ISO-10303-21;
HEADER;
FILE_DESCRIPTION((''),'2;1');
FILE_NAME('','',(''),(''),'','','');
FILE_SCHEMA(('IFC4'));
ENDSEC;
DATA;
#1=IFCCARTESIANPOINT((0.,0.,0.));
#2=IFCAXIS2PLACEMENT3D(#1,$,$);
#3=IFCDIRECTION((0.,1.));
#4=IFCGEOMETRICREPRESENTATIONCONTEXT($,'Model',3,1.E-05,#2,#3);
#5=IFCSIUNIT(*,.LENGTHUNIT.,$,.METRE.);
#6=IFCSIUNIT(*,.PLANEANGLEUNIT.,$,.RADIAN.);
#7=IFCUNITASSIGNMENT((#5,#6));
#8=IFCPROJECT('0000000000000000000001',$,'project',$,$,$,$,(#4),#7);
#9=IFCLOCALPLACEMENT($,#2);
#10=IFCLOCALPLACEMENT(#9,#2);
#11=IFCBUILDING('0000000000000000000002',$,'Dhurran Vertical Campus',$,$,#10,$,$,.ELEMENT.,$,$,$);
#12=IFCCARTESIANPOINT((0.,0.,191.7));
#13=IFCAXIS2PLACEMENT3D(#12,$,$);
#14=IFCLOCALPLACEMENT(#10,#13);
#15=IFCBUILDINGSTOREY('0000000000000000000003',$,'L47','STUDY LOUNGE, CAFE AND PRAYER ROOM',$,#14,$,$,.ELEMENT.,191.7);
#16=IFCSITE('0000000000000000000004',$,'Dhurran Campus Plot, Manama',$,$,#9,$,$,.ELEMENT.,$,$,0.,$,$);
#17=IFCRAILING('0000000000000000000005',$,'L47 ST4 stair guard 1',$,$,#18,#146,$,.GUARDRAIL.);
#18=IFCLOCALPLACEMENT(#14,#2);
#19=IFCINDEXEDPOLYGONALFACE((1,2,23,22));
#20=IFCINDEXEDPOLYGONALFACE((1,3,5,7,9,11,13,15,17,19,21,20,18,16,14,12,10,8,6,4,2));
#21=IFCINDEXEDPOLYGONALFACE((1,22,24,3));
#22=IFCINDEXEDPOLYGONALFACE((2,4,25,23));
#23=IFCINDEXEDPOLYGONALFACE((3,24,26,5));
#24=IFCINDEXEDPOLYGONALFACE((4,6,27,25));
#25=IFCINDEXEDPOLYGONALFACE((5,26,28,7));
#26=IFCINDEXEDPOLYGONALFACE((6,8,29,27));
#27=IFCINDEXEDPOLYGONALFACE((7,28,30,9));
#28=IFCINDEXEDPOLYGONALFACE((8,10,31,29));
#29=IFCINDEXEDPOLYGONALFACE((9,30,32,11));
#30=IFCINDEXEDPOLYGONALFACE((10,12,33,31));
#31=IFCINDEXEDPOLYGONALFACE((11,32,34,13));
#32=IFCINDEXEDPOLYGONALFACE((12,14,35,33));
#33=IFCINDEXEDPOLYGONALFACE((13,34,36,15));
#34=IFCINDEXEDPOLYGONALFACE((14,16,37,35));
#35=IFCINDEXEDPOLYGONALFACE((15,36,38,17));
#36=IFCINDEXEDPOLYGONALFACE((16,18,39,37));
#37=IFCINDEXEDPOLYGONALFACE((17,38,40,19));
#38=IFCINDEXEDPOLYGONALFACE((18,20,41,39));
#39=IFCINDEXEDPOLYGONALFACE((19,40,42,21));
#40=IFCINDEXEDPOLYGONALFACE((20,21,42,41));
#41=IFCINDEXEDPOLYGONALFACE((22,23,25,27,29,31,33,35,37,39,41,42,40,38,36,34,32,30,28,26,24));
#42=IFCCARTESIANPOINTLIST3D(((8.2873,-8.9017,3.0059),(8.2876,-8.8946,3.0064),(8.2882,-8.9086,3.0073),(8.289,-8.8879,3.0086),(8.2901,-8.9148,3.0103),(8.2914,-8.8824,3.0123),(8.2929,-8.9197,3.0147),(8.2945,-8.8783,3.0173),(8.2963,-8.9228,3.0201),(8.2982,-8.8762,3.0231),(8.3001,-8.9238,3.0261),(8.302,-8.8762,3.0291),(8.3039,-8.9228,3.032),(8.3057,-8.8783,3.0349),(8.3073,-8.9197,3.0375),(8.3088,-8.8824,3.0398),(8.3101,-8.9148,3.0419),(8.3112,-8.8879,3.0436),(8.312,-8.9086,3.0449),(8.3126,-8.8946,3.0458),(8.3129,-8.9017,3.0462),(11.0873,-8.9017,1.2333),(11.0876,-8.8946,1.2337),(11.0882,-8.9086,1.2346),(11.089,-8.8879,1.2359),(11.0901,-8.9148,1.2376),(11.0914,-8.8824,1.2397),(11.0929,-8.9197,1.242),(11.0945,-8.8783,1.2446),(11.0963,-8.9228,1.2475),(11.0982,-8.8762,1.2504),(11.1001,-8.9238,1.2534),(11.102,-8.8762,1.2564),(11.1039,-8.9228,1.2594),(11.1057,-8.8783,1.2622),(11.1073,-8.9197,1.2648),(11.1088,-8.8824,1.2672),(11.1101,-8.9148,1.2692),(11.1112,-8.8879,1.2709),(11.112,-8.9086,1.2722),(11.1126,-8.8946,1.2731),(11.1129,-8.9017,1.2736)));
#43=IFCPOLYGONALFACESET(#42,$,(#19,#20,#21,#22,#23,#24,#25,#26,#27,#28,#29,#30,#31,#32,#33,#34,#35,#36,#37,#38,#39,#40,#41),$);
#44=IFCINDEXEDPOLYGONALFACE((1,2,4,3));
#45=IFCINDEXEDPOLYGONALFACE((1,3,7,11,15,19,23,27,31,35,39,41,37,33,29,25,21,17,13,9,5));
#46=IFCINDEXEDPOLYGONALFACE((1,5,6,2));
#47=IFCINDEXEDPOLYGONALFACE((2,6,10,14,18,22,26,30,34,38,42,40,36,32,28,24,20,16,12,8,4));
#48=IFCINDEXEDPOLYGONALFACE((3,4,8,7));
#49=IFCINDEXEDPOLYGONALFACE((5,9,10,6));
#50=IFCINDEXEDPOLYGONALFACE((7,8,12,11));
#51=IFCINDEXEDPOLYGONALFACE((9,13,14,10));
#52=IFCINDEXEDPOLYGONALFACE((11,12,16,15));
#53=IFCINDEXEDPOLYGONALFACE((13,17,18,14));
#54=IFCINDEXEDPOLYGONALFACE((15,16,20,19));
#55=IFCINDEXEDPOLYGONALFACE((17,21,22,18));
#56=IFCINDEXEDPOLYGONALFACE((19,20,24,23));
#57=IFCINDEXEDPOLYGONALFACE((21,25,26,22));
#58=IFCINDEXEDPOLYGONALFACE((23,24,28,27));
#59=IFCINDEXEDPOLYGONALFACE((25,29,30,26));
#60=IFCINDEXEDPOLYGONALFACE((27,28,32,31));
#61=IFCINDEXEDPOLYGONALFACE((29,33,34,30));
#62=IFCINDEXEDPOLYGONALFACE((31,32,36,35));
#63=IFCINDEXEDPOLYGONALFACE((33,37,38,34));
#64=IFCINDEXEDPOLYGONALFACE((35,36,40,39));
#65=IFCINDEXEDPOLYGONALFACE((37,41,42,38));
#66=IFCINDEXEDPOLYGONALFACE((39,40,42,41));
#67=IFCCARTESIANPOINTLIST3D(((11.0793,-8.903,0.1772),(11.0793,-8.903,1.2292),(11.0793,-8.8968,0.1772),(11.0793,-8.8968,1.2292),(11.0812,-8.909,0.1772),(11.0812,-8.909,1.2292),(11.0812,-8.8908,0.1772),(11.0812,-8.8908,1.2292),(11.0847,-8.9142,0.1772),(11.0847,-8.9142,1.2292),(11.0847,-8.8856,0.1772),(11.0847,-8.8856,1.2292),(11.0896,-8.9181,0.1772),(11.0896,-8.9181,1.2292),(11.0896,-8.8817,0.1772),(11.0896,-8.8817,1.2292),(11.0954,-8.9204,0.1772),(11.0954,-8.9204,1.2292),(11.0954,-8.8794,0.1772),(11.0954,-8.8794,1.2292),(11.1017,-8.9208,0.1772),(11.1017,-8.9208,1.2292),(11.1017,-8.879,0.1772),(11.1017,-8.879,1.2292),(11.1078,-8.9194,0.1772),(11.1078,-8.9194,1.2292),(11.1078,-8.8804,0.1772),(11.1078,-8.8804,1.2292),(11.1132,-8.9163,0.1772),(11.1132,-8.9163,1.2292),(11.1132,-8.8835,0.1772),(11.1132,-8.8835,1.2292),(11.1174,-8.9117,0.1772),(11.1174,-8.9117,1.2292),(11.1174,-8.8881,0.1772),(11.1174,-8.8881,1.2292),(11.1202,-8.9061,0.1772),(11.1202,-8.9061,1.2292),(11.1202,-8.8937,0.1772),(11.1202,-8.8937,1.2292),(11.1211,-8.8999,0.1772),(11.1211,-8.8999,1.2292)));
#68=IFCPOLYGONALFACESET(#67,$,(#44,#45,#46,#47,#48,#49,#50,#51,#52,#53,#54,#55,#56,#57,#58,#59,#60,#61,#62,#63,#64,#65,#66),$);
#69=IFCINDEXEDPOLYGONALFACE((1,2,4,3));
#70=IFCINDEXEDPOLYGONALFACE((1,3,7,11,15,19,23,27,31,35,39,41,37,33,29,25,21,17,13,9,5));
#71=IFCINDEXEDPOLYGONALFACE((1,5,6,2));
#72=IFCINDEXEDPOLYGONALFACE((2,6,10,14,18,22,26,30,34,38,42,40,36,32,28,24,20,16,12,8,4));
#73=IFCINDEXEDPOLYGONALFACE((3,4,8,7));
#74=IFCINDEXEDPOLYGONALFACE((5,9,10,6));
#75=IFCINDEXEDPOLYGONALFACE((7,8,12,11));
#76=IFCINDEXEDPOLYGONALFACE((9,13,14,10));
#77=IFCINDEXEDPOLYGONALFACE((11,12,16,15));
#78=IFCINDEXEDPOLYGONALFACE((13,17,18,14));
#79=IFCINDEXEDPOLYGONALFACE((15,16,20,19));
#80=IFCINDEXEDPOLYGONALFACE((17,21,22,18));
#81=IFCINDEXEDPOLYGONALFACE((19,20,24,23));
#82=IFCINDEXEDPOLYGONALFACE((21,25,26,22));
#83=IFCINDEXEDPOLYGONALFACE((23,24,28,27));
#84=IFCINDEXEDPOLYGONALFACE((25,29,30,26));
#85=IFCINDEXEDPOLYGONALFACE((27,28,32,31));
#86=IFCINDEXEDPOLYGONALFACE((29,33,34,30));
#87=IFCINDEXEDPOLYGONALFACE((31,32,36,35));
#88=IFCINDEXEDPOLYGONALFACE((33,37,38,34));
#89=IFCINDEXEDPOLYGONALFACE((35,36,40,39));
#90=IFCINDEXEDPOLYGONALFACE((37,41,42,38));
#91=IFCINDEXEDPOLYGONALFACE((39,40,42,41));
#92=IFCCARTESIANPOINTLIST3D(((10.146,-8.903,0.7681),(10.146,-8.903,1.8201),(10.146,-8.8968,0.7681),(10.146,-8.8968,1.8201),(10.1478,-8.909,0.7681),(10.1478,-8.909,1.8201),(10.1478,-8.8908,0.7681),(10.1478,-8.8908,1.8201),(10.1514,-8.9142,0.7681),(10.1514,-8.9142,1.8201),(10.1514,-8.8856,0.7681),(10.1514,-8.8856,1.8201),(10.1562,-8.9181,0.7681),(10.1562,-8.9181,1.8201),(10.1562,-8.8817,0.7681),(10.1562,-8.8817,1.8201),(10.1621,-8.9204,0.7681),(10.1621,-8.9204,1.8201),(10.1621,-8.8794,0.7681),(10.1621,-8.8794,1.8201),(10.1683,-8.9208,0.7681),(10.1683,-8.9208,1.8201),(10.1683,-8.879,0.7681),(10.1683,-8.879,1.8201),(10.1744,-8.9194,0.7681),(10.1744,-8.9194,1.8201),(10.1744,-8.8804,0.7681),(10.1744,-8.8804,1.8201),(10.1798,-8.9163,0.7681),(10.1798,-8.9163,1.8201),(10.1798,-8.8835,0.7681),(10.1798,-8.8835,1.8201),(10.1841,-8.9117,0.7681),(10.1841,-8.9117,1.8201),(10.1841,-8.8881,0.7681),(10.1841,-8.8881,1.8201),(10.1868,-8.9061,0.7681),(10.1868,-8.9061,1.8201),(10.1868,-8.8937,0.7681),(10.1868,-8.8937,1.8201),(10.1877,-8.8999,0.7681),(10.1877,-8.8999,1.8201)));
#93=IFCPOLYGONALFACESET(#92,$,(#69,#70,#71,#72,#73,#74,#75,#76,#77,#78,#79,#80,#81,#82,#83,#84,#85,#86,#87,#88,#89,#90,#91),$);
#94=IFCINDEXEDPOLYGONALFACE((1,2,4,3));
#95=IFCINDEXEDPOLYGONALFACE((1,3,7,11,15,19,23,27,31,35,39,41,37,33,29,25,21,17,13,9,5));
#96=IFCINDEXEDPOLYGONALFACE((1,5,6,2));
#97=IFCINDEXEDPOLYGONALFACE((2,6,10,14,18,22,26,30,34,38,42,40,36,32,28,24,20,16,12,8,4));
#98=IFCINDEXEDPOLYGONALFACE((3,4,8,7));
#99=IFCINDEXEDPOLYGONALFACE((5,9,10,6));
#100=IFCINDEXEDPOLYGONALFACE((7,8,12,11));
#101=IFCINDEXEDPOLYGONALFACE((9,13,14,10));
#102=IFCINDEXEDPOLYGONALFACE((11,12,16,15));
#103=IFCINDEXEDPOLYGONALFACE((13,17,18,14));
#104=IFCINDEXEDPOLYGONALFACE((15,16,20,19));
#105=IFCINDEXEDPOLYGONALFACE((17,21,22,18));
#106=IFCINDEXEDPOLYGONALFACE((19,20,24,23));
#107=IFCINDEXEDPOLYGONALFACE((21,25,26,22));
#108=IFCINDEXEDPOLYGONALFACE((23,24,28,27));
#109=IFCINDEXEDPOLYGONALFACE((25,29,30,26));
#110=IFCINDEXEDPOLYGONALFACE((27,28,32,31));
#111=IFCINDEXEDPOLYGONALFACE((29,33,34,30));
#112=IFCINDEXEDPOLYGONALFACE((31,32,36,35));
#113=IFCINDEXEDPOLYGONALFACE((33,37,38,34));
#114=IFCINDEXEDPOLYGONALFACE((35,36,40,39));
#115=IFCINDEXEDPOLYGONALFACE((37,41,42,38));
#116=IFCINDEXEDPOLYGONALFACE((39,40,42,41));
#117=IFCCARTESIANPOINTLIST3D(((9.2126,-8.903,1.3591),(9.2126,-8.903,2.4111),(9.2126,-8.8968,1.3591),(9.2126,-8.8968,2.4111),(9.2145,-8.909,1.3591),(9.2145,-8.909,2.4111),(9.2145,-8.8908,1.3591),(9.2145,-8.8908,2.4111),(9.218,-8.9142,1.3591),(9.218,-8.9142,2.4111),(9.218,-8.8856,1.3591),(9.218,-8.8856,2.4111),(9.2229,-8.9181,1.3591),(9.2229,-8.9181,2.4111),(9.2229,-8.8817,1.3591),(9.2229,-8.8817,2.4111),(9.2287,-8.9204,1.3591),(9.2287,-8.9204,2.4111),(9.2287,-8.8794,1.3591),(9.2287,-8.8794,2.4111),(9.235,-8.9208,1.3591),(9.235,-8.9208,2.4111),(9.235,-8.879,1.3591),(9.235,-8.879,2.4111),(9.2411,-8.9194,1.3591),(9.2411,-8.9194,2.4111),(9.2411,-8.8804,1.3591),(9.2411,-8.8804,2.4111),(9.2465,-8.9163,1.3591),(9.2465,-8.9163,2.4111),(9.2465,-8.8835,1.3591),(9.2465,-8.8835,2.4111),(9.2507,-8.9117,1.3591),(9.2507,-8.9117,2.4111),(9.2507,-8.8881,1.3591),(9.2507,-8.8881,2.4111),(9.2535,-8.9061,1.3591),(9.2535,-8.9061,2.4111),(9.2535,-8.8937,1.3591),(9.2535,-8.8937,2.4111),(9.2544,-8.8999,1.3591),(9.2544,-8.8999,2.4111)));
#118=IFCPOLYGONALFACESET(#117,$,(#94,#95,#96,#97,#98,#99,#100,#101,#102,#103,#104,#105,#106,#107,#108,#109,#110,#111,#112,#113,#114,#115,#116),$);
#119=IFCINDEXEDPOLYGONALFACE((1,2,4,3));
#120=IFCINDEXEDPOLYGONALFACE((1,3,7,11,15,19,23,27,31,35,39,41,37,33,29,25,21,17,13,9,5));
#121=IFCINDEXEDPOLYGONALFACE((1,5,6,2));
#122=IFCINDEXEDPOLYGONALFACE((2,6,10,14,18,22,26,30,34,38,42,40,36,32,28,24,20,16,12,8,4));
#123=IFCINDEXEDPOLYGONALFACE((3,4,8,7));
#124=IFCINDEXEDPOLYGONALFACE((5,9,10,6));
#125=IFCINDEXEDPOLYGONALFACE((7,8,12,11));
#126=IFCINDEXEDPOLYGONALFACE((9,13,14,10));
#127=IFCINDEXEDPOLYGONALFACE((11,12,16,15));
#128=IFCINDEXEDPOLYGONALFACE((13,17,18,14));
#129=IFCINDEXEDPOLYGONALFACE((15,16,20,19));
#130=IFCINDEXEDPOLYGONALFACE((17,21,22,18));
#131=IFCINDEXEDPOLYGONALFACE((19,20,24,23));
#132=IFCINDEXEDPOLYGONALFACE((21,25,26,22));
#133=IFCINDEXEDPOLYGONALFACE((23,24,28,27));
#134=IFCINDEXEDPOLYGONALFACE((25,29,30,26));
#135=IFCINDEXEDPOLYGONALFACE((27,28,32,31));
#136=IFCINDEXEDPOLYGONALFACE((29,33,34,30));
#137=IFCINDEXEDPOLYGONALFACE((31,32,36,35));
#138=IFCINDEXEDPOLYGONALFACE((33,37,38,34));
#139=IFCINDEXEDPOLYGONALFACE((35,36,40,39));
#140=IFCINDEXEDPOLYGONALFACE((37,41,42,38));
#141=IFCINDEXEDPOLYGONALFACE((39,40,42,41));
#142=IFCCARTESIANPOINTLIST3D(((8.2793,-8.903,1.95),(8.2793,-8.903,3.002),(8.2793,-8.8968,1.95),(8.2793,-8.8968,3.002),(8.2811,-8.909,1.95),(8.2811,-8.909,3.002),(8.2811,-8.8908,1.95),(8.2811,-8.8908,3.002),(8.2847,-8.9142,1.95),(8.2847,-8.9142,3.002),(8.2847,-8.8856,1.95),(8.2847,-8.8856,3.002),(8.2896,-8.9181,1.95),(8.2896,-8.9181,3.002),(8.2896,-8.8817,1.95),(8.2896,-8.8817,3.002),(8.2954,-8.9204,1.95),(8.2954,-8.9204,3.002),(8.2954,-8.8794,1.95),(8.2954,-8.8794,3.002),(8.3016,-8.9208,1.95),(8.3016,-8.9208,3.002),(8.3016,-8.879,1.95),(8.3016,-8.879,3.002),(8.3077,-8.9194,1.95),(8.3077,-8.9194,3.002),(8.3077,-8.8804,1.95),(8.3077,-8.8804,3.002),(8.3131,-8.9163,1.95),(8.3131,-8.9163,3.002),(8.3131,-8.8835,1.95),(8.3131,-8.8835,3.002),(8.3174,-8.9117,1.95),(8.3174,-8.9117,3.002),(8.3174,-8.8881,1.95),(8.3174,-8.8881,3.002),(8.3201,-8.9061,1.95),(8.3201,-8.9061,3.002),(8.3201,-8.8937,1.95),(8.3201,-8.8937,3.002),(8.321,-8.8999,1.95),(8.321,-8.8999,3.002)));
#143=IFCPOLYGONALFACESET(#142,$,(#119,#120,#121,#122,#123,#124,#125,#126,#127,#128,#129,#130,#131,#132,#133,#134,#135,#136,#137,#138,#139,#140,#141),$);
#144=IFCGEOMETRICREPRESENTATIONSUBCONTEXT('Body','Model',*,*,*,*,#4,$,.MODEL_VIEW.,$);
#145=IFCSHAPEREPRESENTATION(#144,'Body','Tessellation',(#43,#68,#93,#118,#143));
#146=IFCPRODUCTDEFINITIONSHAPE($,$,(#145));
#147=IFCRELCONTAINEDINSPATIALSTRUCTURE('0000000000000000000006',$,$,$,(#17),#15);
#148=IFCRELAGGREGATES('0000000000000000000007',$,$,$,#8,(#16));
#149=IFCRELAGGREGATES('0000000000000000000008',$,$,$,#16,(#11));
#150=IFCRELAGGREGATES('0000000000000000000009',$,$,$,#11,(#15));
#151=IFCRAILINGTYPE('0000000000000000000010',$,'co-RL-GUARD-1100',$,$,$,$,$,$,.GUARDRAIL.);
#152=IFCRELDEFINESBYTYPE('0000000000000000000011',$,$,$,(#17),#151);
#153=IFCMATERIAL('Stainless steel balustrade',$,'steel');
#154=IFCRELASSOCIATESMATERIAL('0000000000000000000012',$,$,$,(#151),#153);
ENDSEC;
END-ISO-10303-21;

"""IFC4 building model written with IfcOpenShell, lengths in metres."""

from ifc_helpers import new_model, si_unit, direction, frame, origin, origin_2d, place, context, subcontext, project, spatial, circle, extrude, material, type_object, element, save


model = new_model("IFC4")

# Units and contexts
model_context = context("Model", 3, precision=1e-05, world=origin(), true_north=direction((0.0, 1.0)))
body_context = subcontext(model_context, "Body", "Model", "MODEL_VIEW")
ifc_project = project(units=[si_unit("LENGTHUNIT", "METRE"), si_unit("PLANEANGLEUNIT", "RADIAN")], contexts=[model_context])

# Site, building, storey
site_placement = place(None, origin())
site = spatial("IfcSite", under=ifc_project, at=site_placement, Name="Dhurran Campus Plot, Manama", CompositionType="ELEMENT", RefElevation=0.0)
building_placement = place(site_placement, origin())
building = spatial("IfcBuilding", under=site, at=building_placement, Name="Dhurran Vertical Campus", CompositionType="ELEMENT")
storey_placement = place(building_placement, frame((0.0, 0.0, 191.7)))
storey = spatial("IfcBuildingStorey", under=building, at=storey_placement, Name="L47", Description="STUDY LOUNGE, CAFE AND PRAYER ROOM", CompositionType="ELEMENT", Elevation=191.7)

# Railing
ifc_material_1 = material(Name="Stainless steel balustrade", Category="steel")
railing_type_1 = type_object("IfcRailingType", Name="co-RL-GUARD-1100", PredefinedType="GUARDRAIL", material=ifc_material_1)
railing_1_placement = place(storey_placement, frame((11.1001, -8.8999, 0.1772)))
element("IfcRailing", 1, at=railing_1_placement, inside=storey, type_object=railing_type_1, Name="L47 ST4 stair guard 1", PredefinedType="GUARDRAIL", context=body_context, shape_type="SweptSolid", body=[
    extrude(circle(Radius=0.0239, at=origin_2d()), frame((0.0, 0.0, 1.0762), z_axis=(-0.844909, 0.0, 0.53491), x_axis=(0.0, -1.0, 0.0)), (0.0, 0.0, 1.0), 3.314),
    extrude(circle(Radius=0.021, at=origin_2d()), origin(), (0.0, 0.0, 1.0), 1.052),
    extrude(circle(Radius=0.021, at=origin_2d()), frame((-0.9333, 0.0, 0.5908)), (0.0, 0.0, 1.0), 1.052),
    extrude(circle(Radius=0.021, at=origin_2d()), frame((-1.8667, 0.0, 1.1819)), (0.0, 0.0, 1.0), 1.052),
    extrude(circle(Radius=0.021, at=origin_2d()), frame((-2.8, 0.0, 1.7727)), (0.0, 0.0, 1.0), 1.052),
])

save(model, "model.ifc")
